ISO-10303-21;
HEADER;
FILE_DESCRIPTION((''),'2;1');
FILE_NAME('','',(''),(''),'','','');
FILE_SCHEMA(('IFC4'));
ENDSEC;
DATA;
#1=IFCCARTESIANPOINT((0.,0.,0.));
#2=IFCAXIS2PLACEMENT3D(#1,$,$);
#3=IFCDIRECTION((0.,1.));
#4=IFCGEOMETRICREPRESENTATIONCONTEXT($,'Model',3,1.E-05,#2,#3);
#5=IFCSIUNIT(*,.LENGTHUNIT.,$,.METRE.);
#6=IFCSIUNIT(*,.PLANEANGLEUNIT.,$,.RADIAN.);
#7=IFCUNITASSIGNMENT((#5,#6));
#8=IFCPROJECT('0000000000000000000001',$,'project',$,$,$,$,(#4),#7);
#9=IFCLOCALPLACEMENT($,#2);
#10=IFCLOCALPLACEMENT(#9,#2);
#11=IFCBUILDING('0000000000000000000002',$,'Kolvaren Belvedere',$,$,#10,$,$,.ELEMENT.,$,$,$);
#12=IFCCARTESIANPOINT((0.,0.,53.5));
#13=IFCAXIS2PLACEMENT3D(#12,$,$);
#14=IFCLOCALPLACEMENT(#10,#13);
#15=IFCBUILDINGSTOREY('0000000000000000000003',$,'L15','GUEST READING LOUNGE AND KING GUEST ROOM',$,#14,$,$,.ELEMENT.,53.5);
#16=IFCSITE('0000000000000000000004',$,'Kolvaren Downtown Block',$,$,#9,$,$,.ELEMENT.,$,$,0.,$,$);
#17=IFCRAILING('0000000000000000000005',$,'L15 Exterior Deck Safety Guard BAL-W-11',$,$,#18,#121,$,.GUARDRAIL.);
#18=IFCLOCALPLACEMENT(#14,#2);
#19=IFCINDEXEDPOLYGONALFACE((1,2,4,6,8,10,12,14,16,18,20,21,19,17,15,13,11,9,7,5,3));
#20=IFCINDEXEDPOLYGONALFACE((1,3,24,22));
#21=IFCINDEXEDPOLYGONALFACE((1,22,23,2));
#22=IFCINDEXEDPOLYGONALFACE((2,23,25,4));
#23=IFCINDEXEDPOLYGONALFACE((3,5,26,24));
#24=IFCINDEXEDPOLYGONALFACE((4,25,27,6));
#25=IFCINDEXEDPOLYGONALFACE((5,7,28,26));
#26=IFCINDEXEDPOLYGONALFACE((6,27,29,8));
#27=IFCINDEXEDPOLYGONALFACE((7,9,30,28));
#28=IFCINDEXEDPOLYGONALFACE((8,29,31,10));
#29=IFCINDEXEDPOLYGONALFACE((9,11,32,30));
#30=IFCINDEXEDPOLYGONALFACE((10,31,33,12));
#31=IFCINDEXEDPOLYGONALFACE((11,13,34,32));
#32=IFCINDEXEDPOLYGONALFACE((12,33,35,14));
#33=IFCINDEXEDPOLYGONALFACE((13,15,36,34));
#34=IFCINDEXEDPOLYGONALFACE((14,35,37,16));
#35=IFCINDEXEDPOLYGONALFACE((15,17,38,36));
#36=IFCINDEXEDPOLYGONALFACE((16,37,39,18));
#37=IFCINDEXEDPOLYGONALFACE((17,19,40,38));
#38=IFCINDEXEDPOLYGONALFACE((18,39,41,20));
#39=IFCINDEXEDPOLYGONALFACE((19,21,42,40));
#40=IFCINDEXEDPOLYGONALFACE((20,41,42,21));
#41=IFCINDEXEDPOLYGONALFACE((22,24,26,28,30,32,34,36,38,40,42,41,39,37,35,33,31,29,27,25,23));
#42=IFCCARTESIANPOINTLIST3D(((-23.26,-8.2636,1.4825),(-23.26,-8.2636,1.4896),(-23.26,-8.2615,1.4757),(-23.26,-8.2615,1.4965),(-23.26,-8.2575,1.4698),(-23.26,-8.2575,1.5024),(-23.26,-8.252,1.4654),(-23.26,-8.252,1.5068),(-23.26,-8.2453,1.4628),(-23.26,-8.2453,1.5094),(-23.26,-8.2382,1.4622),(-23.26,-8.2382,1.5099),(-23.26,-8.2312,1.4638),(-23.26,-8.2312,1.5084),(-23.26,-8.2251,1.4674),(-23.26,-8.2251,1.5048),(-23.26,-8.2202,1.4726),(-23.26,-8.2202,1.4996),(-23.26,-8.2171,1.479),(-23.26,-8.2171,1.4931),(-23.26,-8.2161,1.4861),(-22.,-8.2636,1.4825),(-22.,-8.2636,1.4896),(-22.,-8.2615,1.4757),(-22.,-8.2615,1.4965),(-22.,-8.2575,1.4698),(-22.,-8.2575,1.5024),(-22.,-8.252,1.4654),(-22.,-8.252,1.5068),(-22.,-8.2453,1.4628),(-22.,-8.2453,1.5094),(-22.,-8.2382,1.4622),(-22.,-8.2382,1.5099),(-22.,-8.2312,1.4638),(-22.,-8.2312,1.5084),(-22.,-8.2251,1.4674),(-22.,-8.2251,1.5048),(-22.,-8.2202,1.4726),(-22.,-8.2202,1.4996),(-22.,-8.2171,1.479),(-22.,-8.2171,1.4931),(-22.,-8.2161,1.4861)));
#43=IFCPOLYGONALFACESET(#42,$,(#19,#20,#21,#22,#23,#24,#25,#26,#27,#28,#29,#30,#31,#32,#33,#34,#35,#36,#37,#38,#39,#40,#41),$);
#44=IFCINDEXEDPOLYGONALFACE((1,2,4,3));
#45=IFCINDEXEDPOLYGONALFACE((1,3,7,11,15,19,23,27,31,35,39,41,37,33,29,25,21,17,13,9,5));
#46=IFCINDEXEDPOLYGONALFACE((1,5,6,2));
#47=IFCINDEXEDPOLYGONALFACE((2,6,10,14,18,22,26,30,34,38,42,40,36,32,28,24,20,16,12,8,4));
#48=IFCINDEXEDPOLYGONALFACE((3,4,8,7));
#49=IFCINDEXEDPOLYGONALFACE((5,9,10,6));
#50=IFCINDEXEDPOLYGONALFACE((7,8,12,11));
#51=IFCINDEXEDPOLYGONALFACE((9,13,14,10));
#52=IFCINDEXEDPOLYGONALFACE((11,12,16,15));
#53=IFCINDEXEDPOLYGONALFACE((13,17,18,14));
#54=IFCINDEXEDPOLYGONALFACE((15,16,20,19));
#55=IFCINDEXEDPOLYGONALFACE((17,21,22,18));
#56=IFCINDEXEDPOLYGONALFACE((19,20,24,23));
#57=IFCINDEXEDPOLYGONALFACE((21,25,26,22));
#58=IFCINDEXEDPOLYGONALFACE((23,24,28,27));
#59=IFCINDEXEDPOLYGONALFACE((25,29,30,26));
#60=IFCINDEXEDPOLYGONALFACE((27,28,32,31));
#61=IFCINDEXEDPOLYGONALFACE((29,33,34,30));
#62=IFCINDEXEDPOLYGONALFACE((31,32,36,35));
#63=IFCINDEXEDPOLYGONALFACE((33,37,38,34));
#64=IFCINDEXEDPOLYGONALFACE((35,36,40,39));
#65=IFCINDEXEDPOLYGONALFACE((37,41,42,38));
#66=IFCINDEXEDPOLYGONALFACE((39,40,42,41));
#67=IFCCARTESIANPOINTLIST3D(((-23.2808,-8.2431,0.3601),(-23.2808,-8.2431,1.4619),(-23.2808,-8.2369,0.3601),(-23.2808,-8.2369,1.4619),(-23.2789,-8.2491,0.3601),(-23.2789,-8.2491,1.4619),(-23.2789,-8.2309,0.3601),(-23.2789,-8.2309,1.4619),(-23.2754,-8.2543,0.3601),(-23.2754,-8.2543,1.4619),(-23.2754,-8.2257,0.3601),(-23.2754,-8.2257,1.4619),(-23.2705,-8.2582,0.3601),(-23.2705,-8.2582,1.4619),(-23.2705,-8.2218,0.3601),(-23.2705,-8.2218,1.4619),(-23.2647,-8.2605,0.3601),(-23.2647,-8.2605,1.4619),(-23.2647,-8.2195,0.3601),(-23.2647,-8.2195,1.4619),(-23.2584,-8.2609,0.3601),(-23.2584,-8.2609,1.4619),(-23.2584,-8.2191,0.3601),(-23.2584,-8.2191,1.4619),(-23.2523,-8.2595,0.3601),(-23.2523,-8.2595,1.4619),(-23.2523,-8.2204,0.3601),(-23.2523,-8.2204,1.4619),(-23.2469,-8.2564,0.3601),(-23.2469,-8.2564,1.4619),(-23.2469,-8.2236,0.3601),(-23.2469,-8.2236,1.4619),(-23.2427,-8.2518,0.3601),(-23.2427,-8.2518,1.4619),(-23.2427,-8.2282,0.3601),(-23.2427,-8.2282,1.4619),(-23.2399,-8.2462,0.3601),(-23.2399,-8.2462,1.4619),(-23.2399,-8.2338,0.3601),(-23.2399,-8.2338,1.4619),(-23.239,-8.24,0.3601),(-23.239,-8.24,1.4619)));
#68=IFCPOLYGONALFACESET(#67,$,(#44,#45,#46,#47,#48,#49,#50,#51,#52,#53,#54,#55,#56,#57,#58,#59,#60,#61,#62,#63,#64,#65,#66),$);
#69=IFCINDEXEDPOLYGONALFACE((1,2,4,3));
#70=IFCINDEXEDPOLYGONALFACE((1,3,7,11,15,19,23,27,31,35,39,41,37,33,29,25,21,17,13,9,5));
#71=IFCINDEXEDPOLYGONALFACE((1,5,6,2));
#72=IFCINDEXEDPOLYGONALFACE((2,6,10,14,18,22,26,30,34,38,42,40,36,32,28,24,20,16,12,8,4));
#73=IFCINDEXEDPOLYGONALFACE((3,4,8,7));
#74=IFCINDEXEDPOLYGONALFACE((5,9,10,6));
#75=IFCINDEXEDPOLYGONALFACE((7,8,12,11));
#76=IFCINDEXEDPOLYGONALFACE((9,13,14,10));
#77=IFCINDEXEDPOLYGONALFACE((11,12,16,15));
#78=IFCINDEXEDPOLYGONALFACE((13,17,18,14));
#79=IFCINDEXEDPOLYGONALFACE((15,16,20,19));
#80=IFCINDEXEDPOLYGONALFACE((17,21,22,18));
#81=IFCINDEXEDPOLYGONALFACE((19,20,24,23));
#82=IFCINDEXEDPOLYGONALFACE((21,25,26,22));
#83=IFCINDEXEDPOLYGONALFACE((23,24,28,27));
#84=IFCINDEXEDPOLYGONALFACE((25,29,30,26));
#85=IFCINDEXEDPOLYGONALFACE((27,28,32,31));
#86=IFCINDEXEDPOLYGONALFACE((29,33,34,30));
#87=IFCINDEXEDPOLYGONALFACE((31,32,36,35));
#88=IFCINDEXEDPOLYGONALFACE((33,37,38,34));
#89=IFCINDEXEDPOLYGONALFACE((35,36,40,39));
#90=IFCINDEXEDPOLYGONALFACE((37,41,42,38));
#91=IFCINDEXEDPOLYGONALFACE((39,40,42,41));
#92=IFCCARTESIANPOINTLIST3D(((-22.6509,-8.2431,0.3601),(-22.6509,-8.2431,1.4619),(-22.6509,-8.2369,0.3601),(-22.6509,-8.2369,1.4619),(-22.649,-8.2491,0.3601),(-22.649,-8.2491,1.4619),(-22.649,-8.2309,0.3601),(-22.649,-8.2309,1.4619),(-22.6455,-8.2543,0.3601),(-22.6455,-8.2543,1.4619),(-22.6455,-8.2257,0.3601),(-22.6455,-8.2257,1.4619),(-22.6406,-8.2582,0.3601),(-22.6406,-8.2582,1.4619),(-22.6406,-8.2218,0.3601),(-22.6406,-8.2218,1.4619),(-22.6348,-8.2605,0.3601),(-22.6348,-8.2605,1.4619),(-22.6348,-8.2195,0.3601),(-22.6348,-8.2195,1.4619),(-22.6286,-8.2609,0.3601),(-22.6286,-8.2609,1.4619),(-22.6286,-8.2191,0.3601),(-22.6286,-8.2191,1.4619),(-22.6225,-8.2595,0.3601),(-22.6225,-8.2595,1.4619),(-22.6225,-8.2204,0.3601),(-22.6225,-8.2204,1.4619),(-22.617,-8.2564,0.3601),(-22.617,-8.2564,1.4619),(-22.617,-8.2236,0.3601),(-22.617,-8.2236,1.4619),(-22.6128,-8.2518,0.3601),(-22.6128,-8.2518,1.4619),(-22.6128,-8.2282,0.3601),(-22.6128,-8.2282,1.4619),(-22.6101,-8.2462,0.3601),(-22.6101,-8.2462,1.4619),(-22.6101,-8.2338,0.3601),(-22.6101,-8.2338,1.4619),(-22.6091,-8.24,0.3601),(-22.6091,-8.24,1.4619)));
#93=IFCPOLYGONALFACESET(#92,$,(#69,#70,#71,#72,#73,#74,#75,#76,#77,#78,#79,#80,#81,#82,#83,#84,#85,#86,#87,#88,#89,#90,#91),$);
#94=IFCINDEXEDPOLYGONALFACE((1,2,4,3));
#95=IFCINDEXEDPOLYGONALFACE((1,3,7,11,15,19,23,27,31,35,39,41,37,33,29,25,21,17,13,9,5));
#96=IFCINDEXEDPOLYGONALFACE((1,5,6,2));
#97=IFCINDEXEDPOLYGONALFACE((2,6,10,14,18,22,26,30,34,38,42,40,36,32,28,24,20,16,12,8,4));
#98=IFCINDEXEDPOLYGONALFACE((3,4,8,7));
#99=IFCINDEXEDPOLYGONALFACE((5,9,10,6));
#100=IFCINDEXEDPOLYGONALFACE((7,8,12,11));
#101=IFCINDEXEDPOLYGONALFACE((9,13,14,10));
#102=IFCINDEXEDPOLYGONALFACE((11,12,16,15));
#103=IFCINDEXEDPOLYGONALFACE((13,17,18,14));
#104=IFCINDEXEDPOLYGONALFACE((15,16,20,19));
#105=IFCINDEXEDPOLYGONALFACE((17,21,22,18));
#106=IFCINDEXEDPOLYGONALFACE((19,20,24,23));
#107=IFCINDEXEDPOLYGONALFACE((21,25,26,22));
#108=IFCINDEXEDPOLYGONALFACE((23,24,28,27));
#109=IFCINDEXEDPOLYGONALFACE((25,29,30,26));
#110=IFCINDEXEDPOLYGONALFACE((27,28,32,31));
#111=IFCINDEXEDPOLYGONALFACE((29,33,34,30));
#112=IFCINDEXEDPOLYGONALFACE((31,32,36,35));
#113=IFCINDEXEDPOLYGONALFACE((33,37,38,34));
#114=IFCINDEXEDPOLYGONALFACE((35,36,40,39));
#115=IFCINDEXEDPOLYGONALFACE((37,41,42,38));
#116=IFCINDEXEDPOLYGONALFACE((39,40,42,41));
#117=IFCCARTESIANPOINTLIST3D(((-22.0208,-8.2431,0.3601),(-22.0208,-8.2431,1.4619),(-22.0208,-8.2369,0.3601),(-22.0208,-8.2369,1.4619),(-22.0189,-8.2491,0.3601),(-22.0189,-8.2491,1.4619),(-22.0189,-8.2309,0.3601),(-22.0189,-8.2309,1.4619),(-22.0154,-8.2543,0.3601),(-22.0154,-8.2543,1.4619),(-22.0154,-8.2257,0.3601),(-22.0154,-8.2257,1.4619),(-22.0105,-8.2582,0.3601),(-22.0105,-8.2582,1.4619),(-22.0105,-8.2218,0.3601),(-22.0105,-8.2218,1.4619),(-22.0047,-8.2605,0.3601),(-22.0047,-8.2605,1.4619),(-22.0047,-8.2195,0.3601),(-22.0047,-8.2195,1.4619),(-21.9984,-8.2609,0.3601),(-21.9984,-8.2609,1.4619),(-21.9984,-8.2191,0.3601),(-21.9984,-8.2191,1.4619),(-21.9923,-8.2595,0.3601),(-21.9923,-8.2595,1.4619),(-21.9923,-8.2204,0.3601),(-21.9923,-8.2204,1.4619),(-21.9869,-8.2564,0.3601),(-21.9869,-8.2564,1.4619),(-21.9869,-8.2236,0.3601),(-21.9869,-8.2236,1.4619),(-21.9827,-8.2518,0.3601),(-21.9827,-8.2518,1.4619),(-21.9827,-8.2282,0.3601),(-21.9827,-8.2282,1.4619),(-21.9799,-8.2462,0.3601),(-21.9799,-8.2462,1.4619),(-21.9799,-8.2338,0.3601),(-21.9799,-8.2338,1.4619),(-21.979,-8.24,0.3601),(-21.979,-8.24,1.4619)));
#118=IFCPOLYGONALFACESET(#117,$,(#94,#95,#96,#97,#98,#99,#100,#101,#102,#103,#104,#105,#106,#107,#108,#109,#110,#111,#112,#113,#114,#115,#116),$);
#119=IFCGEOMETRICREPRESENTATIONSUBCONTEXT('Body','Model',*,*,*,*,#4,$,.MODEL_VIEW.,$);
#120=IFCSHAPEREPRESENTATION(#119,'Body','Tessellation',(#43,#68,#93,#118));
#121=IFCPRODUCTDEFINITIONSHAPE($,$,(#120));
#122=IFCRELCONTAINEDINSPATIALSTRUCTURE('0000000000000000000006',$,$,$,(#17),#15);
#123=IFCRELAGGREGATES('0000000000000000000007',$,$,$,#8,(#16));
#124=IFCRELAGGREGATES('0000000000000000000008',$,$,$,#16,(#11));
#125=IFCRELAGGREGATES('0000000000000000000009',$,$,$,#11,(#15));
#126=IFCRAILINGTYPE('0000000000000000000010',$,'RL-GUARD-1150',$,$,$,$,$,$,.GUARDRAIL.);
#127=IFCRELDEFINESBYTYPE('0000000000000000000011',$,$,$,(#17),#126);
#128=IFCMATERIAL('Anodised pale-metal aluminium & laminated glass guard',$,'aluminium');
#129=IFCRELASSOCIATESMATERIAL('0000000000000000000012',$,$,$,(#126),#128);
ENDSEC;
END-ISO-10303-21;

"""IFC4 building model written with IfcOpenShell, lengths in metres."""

from ifc_helpers import new_model, si_unit, direction, frame, origin, origin_2d, place, context, subcontext, project, spatial, circle, extrude, material, type_object, element, save


model = new_model("IFC4")

# Units and contexts
model_context = context("Model", 3, precision=1e-05, world=origin(), true_north=direction((0.0, 1.0)))
body_context = subcontext(model_context, "Body", "Model", "MODEL_VIEW")
ifc_project = project(units=[si_unit("LENGTHUNIT", "METRE"), si_unit("PLANEANGLEUNIT", "RADIAN")], contexts=[model_context])

# Site, building, storey
site_placement = place(None, origin())
site = spatial("IfcSite", under=ifc_project, at=site_placement, Name="Kolvaren Downtown Block", CompositionType="ELEMENT", RefElevation=0.0)
building_placement = place(site_placement, origin())
building = spatial("IfcBuilding", under=site, at=building_placement, Name="Kolvaren Belvedere", CompositionType="ELEMENT")
storey_placement = place(building_placement, frame((0.0, 0.0, 53.5)))
storey = spatial("IfcBuildingStorey", under=building, at=storey_placement, Name="L15", Description="GUEST READING LOUNGE AND KING GUEST ROOM", CompositionType="ELEMENT", Elevation=53.5)

# Railing
ifc_material_1 = material(Name="Anodised pale-metal aluminium & laminated glass guard", Category="aluminium")
railing_type = type_object("IfcRailingType", Name="RL-GUARD-1150", PredefinedType="GUARDRAIL", material=ifc_material_1)
railing_placement = place(storey_placement, frame((-23.26, -8.24, 0.3601)))
element("IfcRailing", 1, at=railing_placement, inside=storey, type_object=railing_type, Name="L15 Exterior Deck Safety Guard BAL-W-11", PredefinedType="GUARDRAIL", context=body_context, shape_type="SweptSolid", body=[
    extrude(circle(Radius=0.0239, at=origin_2d()), frame((0.0, 0.0, 1.126), z_axis=(1.0, 0.0, 0.0), x_axis=(0.0, 1.0, 0.0)), (0.0, 0.0, 1.0), 1.26),
    extrude(circle(Radius=0.021, at=origin_2d()), origin(), (0.0, 0.0, 1.0), 1.1018),
    extrude(circle(Radius=0.021, at=origin_2d()), frame((0.6299, 0.0, 0.0)), (0.0, 0.0, 1.0), 1.1018),
    extrude(circle(Radius=0.021, at=origin_2d()), frame((1.26, 0.0, 0.0)), (0.0, 0.0, 1.0), 1.1018),
])

save(model, "model.ifc")
